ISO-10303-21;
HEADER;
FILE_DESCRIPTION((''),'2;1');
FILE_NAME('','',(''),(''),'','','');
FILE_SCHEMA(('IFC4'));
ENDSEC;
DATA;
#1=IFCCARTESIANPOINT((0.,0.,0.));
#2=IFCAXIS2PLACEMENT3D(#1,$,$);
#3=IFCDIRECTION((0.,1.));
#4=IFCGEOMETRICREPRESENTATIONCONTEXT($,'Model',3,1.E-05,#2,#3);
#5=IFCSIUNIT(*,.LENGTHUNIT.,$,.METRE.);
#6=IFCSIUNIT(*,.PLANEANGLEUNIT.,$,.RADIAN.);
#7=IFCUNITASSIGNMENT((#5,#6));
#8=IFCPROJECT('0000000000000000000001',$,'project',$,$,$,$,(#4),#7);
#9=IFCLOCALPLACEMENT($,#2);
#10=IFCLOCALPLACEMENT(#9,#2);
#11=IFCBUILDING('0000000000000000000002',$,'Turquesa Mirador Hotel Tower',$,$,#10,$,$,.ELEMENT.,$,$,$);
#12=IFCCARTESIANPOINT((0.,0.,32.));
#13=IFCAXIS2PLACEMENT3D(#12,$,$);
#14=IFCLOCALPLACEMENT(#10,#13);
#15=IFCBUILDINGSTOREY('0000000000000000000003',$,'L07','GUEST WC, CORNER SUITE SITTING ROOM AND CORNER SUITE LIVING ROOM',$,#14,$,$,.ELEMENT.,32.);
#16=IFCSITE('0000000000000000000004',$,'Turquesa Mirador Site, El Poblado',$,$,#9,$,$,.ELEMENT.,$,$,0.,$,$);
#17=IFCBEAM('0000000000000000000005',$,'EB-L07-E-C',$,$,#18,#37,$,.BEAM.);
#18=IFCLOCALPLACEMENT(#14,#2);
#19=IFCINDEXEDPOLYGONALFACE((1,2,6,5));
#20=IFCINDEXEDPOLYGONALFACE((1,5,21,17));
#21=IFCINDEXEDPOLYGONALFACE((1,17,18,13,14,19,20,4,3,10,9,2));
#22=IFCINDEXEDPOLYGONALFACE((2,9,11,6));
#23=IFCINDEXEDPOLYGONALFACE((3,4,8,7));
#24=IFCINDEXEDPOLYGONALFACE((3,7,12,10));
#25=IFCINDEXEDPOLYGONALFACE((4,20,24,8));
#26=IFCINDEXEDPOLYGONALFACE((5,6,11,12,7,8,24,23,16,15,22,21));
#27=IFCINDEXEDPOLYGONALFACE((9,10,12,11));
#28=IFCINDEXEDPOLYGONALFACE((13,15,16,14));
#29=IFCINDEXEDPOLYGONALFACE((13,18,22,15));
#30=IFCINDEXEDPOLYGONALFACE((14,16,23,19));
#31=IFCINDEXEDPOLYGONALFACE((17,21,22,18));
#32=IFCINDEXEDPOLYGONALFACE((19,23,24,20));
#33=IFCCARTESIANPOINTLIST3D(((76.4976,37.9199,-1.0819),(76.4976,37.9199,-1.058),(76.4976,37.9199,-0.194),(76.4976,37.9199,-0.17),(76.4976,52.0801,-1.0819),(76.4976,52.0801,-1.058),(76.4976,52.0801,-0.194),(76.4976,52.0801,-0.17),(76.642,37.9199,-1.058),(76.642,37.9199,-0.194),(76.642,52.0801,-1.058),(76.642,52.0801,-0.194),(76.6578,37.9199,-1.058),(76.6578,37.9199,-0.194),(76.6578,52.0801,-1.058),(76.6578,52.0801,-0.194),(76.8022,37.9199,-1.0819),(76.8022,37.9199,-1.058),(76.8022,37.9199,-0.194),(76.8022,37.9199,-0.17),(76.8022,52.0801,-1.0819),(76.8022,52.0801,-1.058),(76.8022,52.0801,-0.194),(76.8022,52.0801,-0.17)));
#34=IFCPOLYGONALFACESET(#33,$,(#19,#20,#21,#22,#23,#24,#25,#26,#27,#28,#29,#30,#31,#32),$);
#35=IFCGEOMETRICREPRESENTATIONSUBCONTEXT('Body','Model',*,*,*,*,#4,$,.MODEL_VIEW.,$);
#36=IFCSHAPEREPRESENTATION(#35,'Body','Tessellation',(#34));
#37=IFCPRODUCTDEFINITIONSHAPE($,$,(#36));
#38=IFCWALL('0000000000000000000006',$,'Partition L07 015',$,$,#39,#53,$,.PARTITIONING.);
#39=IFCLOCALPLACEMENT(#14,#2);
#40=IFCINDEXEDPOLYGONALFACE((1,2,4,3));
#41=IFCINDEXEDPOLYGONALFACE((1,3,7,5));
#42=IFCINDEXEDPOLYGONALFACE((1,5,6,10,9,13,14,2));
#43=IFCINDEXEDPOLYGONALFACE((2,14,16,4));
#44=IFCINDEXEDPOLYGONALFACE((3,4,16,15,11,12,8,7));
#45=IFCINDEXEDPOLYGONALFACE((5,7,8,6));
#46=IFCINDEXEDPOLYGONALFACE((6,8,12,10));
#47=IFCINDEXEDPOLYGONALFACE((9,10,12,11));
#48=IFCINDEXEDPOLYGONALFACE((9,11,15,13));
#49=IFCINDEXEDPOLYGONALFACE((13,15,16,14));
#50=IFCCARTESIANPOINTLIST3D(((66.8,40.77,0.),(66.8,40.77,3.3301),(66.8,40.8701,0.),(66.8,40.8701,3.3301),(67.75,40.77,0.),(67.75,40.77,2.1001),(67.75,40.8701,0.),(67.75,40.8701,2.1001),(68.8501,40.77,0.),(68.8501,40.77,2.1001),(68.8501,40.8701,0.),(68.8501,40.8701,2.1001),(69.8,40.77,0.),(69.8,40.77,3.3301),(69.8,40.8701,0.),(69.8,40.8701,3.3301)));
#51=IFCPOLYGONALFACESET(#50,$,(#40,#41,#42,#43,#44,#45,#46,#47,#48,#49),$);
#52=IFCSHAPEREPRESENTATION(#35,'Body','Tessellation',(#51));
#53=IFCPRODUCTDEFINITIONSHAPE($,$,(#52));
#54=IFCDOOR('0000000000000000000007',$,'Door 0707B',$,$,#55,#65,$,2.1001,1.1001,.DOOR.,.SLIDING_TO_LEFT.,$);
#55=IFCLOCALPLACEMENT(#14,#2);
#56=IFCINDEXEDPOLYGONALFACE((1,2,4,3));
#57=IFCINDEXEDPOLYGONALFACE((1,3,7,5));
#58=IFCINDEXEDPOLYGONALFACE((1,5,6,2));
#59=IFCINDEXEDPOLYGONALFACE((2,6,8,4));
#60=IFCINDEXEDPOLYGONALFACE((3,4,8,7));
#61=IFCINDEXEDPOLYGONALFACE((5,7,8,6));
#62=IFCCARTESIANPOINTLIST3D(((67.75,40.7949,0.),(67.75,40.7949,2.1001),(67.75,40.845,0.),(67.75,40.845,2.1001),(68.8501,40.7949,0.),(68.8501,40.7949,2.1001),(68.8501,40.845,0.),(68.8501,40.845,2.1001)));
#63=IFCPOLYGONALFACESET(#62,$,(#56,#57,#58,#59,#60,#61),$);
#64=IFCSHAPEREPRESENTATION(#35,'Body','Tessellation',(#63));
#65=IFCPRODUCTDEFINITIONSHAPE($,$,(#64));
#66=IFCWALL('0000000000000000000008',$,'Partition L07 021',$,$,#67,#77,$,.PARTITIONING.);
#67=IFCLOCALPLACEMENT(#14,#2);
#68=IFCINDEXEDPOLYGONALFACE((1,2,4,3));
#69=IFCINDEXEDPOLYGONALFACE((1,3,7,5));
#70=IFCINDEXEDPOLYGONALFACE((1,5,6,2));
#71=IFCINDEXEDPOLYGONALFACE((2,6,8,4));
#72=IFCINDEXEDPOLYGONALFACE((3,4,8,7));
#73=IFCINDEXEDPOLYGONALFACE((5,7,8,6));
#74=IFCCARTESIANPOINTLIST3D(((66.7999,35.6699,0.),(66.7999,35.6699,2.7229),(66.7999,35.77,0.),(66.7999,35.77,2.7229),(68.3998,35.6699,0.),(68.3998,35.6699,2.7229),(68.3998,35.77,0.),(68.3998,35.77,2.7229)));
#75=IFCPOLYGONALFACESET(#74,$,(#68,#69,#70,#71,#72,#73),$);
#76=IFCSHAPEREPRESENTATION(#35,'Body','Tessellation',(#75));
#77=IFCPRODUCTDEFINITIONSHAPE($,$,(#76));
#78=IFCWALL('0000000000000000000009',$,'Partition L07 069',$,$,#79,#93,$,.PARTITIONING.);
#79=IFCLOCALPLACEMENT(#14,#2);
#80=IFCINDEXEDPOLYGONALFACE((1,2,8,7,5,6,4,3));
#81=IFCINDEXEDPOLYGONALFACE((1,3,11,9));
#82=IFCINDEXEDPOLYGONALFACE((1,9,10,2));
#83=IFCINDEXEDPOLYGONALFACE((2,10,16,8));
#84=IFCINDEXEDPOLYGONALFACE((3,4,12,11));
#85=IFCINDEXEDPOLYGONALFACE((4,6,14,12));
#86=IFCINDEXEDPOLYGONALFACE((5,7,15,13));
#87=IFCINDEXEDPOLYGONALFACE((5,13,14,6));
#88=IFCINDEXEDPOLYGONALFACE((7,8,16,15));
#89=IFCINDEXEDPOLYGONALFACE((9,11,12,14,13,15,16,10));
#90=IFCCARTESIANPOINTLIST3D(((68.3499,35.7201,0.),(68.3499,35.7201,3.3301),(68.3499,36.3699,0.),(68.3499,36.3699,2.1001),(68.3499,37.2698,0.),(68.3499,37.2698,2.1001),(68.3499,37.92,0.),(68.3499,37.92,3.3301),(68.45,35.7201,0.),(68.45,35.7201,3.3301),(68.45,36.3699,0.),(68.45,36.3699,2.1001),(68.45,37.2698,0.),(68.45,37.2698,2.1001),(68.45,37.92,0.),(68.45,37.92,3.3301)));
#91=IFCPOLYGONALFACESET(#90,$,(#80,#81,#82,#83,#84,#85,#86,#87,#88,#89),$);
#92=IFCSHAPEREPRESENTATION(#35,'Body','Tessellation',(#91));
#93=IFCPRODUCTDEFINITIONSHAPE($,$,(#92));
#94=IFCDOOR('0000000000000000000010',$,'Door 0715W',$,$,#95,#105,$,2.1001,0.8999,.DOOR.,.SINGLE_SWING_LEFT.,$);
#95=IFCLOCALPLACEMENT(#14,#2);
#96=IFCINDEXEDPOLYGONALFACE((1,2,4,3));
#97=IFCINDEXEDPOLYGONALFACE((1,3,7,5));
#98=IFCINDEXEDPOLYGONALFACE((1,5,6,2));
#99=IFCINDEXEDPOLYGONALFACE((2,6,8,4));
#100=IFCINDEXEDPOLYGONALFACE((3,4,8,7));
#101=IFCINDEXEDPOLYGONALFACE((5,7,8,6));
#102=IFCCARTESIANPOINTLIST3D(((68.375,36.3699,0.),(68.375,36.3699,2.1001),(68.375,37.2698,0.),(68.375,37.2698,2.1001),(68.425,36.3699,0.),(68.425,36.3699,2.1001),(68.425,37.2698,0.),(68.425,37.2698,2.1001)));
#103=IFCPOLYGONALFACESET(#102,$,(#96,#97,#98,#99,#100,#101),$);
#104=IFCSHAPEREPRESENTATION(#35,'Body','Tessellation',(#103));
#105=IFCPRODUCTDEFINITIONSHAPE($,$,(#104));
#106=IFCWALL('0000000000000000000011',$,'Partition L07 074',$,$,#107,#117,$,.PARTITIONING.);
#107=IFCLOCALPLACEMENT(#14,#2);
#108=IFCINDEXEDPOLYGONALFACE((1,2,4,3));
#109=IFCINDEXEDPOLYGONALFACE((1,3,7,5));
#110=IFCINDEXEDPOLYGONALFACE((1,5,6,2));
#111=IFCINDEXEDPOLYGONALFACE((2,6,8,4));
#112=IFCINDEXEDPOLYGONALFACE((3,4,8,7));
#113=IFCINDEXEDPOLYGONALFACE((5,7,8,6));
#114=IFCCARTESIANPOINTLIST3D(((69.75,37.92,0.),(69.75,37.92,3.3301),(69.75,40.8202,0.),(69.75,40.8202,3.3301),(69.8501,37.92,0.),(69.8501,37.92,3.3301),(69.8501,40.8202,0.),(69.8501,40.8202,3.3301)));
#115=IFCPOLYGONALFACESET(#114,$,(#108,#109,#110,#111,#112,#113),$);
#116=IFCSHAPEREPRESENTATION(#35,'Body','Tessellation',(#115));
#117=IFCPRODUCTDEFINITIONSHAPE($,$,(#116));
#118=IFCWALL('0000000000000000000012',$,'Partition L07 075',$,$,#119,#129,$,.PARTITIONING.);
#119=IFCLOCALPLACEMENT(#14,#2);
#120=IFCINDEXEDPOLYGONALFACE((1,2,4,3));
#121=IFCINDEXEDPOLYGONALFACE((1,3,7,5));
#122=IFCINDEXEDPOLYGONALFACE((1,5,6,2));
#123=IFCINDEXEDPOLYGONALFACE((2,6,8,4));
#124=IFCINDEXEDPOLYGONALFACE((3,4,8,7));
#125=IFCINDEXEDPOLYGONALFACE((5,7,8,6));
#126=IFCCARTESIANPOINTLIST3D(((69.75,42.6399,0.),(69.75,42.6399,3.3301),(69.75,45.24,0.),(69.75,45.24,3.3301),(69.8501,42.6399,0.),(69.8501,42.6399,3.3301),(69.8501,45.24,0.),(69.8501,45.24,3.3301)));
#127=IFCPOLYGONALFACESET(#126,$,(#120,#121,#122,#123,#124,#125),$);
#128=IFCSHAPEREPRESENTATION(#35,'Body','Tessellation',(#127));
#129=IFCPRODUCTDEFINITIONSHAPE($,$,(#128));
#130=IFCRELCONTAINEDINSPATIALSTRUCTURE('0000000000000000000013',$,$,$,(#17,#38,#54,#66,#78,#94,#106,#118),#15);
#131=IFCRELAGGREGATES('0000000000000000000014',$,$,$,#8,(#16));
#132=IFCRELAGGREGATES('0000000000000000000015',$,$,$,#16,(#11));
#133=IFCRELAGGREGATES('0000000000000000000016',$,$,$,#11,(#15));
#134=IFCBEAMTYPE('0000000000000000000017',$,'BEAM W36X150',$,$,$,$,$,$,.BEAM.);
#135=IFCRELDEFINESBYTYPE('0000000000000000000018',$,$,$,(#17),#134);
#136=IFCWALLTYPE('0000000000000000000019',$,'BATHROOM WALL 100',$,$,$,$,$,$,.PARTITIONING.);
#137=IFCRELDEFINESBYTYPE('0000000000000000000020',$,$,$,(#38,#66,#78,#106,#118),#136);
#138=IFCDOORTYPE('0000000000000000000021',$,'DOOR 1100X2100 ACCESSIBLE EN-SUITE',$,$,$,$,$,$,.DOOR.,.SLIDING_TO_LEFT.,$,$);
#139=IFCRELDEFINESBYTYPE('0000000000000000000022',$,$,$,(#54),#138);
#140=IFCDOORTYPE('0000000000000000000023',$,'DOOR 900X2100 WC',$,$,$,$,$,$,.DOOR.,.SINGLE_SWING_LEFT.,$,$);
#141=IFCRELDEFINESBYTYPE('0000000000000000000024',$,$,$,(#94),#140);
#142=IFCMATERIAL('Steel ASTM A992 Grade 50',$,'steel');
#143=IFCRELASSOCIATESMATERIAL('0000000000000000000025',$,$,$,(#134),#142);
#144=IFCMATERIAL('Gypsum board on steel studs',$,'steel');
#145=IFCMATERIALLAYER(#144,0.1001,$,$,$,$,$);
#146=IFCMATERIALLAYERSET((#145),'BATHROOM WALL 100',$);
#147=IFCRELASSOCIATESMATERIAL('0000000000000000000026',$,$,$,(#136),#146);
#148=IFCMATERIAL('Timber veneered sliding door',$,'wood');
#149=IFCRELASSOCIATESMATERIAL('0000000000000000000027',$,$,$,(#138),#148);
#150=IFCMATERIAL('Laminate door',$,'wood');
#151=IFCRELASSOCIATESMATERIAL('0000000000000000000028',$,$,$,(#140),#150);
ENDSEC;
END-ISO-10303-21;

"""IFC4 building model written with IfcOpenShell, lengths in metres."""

from ifc_helpers import new_model, si_unit, direction, frame, frame_2d, origin, origin_2d, place, context, subcontext, project, spatial, rectangle, i_section, extrude, material, layer, layer_set, material_profile, profile_set, type_object, element, fill, save


model = new_model("IFC4")

# Units and contexts
model_context = context("Model", 3, precision=1e-05, world=origin(), true_north=direction((0.0, 1.0)))
body_context = subcontext(model_context, "Body", "Model", "MODEL_VIEW")
ifc_project = project(units=[si_unit("LENGTHUNIT", "METRE"), si_unit("PLANEANGLEUNIT", "RADIAN")], contexts=[model_context])

# Site, building, storey
site_placement = place(None, origin())
site = spatial("IfcSite", under=ifc_project, at=site_placement, Name="Turquesa Mirador Site, El Poblado", CompositionType="ELEMENT", RefElevation=0.0)
building_placement = place(site_placement, origin())
building = spatial("IfcBuilding", under=site, at=building_placement, Name="Turquesa Mirador Hotel Tower", CompositionType="ELEMENT")
storey_placement = place(building_placement, frame((0.0, 0.0, 32.0)))
storey = spatial("IfcBuildingStorey", under=building, at=storey_placement, Name="L07", Description="GUEST WC, CORNER SUITE SITTING ROOM AND CORNER SUITE LIVING ROOM", CompositionType="ELEMENT", Elevation=32.0)

# Beam
ifc_material_1 = material(Name="Steel ASTM A992 Grade 50", Category="steel")
ifc_material_profile_1 = material_profile(ifc_material_1, i_section(OverallWidth=0.3047, OverallDepth=0.9119, WebThickness=0.0159, FlangeThickness=0.0239, at=origin_2d()), Name="W36X150")
ifc_profile_set_1 = profile_set([ifc_material_profile_1], Name="Steel ASTM A992 Grade 50")
beam_type_1 = type_object("IfcBeamType", Name="BEAM W36X150", PredefinedType="BEAM", material=ifc_profile_set_1)
beam_1_placement = place(storey_placement, frame((76.6499, 37.9199, -0.626), z_axis=(0.0, 1.0, 0.0), x_axis=(-1.0, 0.0, 0.0)))
element("IfcBeam", 1, at=beam_1_placement, inside=storey, type_object=beam_type_1, Name="EB-L07-E-C", PredefinedType="BEAM", context=body_context, shape_type="SweptSolid", body=[
    extrude(i_section(OverallWidth=0.3047, OverallDepth=0.9119, WebThickness=0.0159, FlangeThickness=0.0239, at=origin_2d()), origin(), (0.0, 0.0, 1.0), 14.1602),
])

# Wall, opening, door
ifc_material_2 = material(Name="Gypsum board on steel studs", Category="steel")
ifc_layer_1 = layer(ifc_material_2, 0.1001)
ifc_layer_set_1 = layer_set([ifc_layer_1], Name="BATHROOM WALL 100")
wall_type_1 = type_object("IfcWallType", Name="BATHROOM WALL 100", PredefinedType="PARTITIONING", material=ifc_layer_set_1)
wall_1_placement = place(storey_placement, frame((66.8, 40.8201, 0.0), z_axis=(0.0, 0.0, 1.0), x_axis=(1.0, 0.0, 0.0)))
wall_1 = element("IfcWall", 2, at=wall_1_placement, inside=storey, type_object=wall_type_1, Name="Partition L07 015", PredefinedType="PARTITIONING", context=body_context, shape_type="SweptSolid", body=[
    extrude(rectangle(XDim=3.0, YDim=0.1001, at=frame_2d((1.5, 0.0))), origin(), (0.0, 0.0, 1.0), 3.3301),
])
opening_1_placement = place(wall_1_placement, frame((0.95, 0.0, 0.0)))
opening_1 = element("IfcOpeningElement", 3, at=opening_1_placement, cuts=wall_1, PredefinedType="OPENING", context=body_context, shape_type="SweptSolid", body=[
    extrude(rectangle(XDim=1.1001, YDim=2.1001, at=frame_2d((0.55, 1.05))), frame((0.0, 0.0601, 0.0), z_axis=(0.0, -1.0, 0.0), x_axis=(1.0, 0.0, 0.0)), (0.0, 0.0, 1.0), 0.1201),
])
ifc_material_3 = material(Name="Timber veneered sliding door", Category="wood")
door_type_1 = type_object("IfcDoorType", Name="DOOR 1100X2100 ACCESSIBLE EN-SUITE", OperationType="SLIDING_TO_LEFT", PredefinedType="DOOR", material=ifc_material_3)
door_1_placement = place(opening_1_placement, origin())
door_1 = element("IfcDoor", 4, at=door_1_placement, inside=storey, type_object=door_type_1, Name="Door 0707B", OperationType="SLIDING_TO_LEFT", OverallHeight=2.1001, OverallWidth=1.1001, PredefinedType="DOOR", context=body_context, shape_type="SweptSolid", body=[
    extrude(rectangle(XDim=1.1001, YDim=2.1001, at=frame_2d((0.55, 1.05))), frame((0.0, 0.0249, 0.0), z_axis=(0.0, -1.0, 0.0), x_axis=(1.0, 0.0, 0.0)), (0.0, 0.0, 1.0), 0.05),
])
fill(opening_1, door_1)

# Wall
wall_2_placement = place(storey_placement, frame((66.8, 35.72, 0.0), z_axis=(0.0, 0.0, 1.0), x_axis=(1.0, 0.0, 0.0)))
element("IfcWall", 5, at=wall_2_placement, inside=storey, type_object=wall_type_1, Name="Partition L07 021", PredefinedType="PARTITIONING", context=body_context, shape_type="SweptSolid", body=[
    extrude(rectangle(XDim=1.5999, YDim=0.1001, at=frame_2d((0.7998, 0.0))), origin(), (0.0, 0.0, 1.0), 2.7229),
])

# Wall, opening, door
wall_3_placement = place(storey_placement, frame((68.3999, 35.72, 0.0), z_axis=(0.0, 0.0, 1.0), x_axis=(0.0, 1.0, 0.0)))
wall_3 = element("IfcWall", 6, at=wall_3_placement, inside=storey, type_object=wall_type_1, Name="Partition L07 069", PredefinedType="PARTITIONING", context=body_context, shape_type="SweptSolid", body=[
    extrude(rectangle(XDim=2.2, YDim=0.1001, at=frame_2d((1.1001, 0.0))), origin(), (0.0, 0.0, 1.0), 3.3301),
])
opening_2_placement = place(wall_3_placement, frame((0.6499, 0.0, 0.0)))
opening_2 = element("IfcOpeningElement", 7, at=opening_2_placement, cuts=wall_3, PredefinedType="OPENING", context=body_context, shape_type="SweptSolid", body=[
    extrude(rectangle(XDim=0.8999, YDim=2.1001, at=frame_2d((0.45, 1.05))), frame((0.0, 0.0601, 0.0), z_axis=(0.0, -1.0, 0.0), x_axis=(1.0, 0.0, 0.0)), (0.0, 0.0, 1.0), 0.1201),
])
ifc_material_4 = material(Name="Laminate door", Category="wood")
door_type_2 = type_object("IfcDoorType", Name="DOOR 900X2100 WC", OperationType="SINGLE_SWING_LEFT", PredefinedType="DOOR", material=ifc_material_4)
door_2_placement = place(opening_2_placement, origin())
door_2 = element("IfcDoor", 8, at=door_2_placement, inside=storey, type_object=door_type_2, Name="Door 0715W", OperationType="SINGLE_SWING_LEFT", OverallHeight=2.1001, OverallWidth=0.8999, PredefinedType="DOOR", context=body_context, shape_type="SweptSolid", body=[
    extrude(rectangle(XDim=0.8999, YDim=2.1001, at=frame_2d((0.45, 1.05))), frame((0.0, 0.0249, 0.0), z_axis=(0.0, -1.0, 0.0), x_axis=(1.0, 0.0, 0.0)), (0.0, 0.0, 1.0), 0.05),
])
fill(opening_2, door_2)

# Walls
wall_4_placement = place(storey_placement, frame((69.8, 37.9199, 0.0), z_axis=(0.0, 0.0, 1.0), x_axis=(0.0, 1.0, 0.0)))
element("IfcWall", 9, at=wall_4_placement, inside=storey, type_object=wall_type_1, Name="Partition L07 074", PredefinedType="PARTITIONING", context=body_context, shape_type="SweptSolid", body=[
    extrude(rectangle(XDim=2.9001, YDim=0.1001, at=frame_2d((1.4502, 0.0))), origin(), (0.0, 0.0, 1.0), 3.3301),
])
wall_5_placement = place(storey_placement, frame((69.8, 42.6399, 0.0), z_axis=(0.0, 0.0, 1.0), x_axis=(0.0, 1.0, 0.0)))
element("IfcWall", 10, at=wall_5_placement, inside=storey, type_object=wall_type_1, Name="Partition L07 075", PredefinedType="PARTITIONING", context=body_context, shape_type="SweptSolid", body=[
    extrude(rectangle(XDim=2.6001, YDim=0.1001, at=frame_2d((1.3, 0.0))), origin(), (0.0, 0.0, 1.0), 3.3301),
])

save(model, "model.ifc")
